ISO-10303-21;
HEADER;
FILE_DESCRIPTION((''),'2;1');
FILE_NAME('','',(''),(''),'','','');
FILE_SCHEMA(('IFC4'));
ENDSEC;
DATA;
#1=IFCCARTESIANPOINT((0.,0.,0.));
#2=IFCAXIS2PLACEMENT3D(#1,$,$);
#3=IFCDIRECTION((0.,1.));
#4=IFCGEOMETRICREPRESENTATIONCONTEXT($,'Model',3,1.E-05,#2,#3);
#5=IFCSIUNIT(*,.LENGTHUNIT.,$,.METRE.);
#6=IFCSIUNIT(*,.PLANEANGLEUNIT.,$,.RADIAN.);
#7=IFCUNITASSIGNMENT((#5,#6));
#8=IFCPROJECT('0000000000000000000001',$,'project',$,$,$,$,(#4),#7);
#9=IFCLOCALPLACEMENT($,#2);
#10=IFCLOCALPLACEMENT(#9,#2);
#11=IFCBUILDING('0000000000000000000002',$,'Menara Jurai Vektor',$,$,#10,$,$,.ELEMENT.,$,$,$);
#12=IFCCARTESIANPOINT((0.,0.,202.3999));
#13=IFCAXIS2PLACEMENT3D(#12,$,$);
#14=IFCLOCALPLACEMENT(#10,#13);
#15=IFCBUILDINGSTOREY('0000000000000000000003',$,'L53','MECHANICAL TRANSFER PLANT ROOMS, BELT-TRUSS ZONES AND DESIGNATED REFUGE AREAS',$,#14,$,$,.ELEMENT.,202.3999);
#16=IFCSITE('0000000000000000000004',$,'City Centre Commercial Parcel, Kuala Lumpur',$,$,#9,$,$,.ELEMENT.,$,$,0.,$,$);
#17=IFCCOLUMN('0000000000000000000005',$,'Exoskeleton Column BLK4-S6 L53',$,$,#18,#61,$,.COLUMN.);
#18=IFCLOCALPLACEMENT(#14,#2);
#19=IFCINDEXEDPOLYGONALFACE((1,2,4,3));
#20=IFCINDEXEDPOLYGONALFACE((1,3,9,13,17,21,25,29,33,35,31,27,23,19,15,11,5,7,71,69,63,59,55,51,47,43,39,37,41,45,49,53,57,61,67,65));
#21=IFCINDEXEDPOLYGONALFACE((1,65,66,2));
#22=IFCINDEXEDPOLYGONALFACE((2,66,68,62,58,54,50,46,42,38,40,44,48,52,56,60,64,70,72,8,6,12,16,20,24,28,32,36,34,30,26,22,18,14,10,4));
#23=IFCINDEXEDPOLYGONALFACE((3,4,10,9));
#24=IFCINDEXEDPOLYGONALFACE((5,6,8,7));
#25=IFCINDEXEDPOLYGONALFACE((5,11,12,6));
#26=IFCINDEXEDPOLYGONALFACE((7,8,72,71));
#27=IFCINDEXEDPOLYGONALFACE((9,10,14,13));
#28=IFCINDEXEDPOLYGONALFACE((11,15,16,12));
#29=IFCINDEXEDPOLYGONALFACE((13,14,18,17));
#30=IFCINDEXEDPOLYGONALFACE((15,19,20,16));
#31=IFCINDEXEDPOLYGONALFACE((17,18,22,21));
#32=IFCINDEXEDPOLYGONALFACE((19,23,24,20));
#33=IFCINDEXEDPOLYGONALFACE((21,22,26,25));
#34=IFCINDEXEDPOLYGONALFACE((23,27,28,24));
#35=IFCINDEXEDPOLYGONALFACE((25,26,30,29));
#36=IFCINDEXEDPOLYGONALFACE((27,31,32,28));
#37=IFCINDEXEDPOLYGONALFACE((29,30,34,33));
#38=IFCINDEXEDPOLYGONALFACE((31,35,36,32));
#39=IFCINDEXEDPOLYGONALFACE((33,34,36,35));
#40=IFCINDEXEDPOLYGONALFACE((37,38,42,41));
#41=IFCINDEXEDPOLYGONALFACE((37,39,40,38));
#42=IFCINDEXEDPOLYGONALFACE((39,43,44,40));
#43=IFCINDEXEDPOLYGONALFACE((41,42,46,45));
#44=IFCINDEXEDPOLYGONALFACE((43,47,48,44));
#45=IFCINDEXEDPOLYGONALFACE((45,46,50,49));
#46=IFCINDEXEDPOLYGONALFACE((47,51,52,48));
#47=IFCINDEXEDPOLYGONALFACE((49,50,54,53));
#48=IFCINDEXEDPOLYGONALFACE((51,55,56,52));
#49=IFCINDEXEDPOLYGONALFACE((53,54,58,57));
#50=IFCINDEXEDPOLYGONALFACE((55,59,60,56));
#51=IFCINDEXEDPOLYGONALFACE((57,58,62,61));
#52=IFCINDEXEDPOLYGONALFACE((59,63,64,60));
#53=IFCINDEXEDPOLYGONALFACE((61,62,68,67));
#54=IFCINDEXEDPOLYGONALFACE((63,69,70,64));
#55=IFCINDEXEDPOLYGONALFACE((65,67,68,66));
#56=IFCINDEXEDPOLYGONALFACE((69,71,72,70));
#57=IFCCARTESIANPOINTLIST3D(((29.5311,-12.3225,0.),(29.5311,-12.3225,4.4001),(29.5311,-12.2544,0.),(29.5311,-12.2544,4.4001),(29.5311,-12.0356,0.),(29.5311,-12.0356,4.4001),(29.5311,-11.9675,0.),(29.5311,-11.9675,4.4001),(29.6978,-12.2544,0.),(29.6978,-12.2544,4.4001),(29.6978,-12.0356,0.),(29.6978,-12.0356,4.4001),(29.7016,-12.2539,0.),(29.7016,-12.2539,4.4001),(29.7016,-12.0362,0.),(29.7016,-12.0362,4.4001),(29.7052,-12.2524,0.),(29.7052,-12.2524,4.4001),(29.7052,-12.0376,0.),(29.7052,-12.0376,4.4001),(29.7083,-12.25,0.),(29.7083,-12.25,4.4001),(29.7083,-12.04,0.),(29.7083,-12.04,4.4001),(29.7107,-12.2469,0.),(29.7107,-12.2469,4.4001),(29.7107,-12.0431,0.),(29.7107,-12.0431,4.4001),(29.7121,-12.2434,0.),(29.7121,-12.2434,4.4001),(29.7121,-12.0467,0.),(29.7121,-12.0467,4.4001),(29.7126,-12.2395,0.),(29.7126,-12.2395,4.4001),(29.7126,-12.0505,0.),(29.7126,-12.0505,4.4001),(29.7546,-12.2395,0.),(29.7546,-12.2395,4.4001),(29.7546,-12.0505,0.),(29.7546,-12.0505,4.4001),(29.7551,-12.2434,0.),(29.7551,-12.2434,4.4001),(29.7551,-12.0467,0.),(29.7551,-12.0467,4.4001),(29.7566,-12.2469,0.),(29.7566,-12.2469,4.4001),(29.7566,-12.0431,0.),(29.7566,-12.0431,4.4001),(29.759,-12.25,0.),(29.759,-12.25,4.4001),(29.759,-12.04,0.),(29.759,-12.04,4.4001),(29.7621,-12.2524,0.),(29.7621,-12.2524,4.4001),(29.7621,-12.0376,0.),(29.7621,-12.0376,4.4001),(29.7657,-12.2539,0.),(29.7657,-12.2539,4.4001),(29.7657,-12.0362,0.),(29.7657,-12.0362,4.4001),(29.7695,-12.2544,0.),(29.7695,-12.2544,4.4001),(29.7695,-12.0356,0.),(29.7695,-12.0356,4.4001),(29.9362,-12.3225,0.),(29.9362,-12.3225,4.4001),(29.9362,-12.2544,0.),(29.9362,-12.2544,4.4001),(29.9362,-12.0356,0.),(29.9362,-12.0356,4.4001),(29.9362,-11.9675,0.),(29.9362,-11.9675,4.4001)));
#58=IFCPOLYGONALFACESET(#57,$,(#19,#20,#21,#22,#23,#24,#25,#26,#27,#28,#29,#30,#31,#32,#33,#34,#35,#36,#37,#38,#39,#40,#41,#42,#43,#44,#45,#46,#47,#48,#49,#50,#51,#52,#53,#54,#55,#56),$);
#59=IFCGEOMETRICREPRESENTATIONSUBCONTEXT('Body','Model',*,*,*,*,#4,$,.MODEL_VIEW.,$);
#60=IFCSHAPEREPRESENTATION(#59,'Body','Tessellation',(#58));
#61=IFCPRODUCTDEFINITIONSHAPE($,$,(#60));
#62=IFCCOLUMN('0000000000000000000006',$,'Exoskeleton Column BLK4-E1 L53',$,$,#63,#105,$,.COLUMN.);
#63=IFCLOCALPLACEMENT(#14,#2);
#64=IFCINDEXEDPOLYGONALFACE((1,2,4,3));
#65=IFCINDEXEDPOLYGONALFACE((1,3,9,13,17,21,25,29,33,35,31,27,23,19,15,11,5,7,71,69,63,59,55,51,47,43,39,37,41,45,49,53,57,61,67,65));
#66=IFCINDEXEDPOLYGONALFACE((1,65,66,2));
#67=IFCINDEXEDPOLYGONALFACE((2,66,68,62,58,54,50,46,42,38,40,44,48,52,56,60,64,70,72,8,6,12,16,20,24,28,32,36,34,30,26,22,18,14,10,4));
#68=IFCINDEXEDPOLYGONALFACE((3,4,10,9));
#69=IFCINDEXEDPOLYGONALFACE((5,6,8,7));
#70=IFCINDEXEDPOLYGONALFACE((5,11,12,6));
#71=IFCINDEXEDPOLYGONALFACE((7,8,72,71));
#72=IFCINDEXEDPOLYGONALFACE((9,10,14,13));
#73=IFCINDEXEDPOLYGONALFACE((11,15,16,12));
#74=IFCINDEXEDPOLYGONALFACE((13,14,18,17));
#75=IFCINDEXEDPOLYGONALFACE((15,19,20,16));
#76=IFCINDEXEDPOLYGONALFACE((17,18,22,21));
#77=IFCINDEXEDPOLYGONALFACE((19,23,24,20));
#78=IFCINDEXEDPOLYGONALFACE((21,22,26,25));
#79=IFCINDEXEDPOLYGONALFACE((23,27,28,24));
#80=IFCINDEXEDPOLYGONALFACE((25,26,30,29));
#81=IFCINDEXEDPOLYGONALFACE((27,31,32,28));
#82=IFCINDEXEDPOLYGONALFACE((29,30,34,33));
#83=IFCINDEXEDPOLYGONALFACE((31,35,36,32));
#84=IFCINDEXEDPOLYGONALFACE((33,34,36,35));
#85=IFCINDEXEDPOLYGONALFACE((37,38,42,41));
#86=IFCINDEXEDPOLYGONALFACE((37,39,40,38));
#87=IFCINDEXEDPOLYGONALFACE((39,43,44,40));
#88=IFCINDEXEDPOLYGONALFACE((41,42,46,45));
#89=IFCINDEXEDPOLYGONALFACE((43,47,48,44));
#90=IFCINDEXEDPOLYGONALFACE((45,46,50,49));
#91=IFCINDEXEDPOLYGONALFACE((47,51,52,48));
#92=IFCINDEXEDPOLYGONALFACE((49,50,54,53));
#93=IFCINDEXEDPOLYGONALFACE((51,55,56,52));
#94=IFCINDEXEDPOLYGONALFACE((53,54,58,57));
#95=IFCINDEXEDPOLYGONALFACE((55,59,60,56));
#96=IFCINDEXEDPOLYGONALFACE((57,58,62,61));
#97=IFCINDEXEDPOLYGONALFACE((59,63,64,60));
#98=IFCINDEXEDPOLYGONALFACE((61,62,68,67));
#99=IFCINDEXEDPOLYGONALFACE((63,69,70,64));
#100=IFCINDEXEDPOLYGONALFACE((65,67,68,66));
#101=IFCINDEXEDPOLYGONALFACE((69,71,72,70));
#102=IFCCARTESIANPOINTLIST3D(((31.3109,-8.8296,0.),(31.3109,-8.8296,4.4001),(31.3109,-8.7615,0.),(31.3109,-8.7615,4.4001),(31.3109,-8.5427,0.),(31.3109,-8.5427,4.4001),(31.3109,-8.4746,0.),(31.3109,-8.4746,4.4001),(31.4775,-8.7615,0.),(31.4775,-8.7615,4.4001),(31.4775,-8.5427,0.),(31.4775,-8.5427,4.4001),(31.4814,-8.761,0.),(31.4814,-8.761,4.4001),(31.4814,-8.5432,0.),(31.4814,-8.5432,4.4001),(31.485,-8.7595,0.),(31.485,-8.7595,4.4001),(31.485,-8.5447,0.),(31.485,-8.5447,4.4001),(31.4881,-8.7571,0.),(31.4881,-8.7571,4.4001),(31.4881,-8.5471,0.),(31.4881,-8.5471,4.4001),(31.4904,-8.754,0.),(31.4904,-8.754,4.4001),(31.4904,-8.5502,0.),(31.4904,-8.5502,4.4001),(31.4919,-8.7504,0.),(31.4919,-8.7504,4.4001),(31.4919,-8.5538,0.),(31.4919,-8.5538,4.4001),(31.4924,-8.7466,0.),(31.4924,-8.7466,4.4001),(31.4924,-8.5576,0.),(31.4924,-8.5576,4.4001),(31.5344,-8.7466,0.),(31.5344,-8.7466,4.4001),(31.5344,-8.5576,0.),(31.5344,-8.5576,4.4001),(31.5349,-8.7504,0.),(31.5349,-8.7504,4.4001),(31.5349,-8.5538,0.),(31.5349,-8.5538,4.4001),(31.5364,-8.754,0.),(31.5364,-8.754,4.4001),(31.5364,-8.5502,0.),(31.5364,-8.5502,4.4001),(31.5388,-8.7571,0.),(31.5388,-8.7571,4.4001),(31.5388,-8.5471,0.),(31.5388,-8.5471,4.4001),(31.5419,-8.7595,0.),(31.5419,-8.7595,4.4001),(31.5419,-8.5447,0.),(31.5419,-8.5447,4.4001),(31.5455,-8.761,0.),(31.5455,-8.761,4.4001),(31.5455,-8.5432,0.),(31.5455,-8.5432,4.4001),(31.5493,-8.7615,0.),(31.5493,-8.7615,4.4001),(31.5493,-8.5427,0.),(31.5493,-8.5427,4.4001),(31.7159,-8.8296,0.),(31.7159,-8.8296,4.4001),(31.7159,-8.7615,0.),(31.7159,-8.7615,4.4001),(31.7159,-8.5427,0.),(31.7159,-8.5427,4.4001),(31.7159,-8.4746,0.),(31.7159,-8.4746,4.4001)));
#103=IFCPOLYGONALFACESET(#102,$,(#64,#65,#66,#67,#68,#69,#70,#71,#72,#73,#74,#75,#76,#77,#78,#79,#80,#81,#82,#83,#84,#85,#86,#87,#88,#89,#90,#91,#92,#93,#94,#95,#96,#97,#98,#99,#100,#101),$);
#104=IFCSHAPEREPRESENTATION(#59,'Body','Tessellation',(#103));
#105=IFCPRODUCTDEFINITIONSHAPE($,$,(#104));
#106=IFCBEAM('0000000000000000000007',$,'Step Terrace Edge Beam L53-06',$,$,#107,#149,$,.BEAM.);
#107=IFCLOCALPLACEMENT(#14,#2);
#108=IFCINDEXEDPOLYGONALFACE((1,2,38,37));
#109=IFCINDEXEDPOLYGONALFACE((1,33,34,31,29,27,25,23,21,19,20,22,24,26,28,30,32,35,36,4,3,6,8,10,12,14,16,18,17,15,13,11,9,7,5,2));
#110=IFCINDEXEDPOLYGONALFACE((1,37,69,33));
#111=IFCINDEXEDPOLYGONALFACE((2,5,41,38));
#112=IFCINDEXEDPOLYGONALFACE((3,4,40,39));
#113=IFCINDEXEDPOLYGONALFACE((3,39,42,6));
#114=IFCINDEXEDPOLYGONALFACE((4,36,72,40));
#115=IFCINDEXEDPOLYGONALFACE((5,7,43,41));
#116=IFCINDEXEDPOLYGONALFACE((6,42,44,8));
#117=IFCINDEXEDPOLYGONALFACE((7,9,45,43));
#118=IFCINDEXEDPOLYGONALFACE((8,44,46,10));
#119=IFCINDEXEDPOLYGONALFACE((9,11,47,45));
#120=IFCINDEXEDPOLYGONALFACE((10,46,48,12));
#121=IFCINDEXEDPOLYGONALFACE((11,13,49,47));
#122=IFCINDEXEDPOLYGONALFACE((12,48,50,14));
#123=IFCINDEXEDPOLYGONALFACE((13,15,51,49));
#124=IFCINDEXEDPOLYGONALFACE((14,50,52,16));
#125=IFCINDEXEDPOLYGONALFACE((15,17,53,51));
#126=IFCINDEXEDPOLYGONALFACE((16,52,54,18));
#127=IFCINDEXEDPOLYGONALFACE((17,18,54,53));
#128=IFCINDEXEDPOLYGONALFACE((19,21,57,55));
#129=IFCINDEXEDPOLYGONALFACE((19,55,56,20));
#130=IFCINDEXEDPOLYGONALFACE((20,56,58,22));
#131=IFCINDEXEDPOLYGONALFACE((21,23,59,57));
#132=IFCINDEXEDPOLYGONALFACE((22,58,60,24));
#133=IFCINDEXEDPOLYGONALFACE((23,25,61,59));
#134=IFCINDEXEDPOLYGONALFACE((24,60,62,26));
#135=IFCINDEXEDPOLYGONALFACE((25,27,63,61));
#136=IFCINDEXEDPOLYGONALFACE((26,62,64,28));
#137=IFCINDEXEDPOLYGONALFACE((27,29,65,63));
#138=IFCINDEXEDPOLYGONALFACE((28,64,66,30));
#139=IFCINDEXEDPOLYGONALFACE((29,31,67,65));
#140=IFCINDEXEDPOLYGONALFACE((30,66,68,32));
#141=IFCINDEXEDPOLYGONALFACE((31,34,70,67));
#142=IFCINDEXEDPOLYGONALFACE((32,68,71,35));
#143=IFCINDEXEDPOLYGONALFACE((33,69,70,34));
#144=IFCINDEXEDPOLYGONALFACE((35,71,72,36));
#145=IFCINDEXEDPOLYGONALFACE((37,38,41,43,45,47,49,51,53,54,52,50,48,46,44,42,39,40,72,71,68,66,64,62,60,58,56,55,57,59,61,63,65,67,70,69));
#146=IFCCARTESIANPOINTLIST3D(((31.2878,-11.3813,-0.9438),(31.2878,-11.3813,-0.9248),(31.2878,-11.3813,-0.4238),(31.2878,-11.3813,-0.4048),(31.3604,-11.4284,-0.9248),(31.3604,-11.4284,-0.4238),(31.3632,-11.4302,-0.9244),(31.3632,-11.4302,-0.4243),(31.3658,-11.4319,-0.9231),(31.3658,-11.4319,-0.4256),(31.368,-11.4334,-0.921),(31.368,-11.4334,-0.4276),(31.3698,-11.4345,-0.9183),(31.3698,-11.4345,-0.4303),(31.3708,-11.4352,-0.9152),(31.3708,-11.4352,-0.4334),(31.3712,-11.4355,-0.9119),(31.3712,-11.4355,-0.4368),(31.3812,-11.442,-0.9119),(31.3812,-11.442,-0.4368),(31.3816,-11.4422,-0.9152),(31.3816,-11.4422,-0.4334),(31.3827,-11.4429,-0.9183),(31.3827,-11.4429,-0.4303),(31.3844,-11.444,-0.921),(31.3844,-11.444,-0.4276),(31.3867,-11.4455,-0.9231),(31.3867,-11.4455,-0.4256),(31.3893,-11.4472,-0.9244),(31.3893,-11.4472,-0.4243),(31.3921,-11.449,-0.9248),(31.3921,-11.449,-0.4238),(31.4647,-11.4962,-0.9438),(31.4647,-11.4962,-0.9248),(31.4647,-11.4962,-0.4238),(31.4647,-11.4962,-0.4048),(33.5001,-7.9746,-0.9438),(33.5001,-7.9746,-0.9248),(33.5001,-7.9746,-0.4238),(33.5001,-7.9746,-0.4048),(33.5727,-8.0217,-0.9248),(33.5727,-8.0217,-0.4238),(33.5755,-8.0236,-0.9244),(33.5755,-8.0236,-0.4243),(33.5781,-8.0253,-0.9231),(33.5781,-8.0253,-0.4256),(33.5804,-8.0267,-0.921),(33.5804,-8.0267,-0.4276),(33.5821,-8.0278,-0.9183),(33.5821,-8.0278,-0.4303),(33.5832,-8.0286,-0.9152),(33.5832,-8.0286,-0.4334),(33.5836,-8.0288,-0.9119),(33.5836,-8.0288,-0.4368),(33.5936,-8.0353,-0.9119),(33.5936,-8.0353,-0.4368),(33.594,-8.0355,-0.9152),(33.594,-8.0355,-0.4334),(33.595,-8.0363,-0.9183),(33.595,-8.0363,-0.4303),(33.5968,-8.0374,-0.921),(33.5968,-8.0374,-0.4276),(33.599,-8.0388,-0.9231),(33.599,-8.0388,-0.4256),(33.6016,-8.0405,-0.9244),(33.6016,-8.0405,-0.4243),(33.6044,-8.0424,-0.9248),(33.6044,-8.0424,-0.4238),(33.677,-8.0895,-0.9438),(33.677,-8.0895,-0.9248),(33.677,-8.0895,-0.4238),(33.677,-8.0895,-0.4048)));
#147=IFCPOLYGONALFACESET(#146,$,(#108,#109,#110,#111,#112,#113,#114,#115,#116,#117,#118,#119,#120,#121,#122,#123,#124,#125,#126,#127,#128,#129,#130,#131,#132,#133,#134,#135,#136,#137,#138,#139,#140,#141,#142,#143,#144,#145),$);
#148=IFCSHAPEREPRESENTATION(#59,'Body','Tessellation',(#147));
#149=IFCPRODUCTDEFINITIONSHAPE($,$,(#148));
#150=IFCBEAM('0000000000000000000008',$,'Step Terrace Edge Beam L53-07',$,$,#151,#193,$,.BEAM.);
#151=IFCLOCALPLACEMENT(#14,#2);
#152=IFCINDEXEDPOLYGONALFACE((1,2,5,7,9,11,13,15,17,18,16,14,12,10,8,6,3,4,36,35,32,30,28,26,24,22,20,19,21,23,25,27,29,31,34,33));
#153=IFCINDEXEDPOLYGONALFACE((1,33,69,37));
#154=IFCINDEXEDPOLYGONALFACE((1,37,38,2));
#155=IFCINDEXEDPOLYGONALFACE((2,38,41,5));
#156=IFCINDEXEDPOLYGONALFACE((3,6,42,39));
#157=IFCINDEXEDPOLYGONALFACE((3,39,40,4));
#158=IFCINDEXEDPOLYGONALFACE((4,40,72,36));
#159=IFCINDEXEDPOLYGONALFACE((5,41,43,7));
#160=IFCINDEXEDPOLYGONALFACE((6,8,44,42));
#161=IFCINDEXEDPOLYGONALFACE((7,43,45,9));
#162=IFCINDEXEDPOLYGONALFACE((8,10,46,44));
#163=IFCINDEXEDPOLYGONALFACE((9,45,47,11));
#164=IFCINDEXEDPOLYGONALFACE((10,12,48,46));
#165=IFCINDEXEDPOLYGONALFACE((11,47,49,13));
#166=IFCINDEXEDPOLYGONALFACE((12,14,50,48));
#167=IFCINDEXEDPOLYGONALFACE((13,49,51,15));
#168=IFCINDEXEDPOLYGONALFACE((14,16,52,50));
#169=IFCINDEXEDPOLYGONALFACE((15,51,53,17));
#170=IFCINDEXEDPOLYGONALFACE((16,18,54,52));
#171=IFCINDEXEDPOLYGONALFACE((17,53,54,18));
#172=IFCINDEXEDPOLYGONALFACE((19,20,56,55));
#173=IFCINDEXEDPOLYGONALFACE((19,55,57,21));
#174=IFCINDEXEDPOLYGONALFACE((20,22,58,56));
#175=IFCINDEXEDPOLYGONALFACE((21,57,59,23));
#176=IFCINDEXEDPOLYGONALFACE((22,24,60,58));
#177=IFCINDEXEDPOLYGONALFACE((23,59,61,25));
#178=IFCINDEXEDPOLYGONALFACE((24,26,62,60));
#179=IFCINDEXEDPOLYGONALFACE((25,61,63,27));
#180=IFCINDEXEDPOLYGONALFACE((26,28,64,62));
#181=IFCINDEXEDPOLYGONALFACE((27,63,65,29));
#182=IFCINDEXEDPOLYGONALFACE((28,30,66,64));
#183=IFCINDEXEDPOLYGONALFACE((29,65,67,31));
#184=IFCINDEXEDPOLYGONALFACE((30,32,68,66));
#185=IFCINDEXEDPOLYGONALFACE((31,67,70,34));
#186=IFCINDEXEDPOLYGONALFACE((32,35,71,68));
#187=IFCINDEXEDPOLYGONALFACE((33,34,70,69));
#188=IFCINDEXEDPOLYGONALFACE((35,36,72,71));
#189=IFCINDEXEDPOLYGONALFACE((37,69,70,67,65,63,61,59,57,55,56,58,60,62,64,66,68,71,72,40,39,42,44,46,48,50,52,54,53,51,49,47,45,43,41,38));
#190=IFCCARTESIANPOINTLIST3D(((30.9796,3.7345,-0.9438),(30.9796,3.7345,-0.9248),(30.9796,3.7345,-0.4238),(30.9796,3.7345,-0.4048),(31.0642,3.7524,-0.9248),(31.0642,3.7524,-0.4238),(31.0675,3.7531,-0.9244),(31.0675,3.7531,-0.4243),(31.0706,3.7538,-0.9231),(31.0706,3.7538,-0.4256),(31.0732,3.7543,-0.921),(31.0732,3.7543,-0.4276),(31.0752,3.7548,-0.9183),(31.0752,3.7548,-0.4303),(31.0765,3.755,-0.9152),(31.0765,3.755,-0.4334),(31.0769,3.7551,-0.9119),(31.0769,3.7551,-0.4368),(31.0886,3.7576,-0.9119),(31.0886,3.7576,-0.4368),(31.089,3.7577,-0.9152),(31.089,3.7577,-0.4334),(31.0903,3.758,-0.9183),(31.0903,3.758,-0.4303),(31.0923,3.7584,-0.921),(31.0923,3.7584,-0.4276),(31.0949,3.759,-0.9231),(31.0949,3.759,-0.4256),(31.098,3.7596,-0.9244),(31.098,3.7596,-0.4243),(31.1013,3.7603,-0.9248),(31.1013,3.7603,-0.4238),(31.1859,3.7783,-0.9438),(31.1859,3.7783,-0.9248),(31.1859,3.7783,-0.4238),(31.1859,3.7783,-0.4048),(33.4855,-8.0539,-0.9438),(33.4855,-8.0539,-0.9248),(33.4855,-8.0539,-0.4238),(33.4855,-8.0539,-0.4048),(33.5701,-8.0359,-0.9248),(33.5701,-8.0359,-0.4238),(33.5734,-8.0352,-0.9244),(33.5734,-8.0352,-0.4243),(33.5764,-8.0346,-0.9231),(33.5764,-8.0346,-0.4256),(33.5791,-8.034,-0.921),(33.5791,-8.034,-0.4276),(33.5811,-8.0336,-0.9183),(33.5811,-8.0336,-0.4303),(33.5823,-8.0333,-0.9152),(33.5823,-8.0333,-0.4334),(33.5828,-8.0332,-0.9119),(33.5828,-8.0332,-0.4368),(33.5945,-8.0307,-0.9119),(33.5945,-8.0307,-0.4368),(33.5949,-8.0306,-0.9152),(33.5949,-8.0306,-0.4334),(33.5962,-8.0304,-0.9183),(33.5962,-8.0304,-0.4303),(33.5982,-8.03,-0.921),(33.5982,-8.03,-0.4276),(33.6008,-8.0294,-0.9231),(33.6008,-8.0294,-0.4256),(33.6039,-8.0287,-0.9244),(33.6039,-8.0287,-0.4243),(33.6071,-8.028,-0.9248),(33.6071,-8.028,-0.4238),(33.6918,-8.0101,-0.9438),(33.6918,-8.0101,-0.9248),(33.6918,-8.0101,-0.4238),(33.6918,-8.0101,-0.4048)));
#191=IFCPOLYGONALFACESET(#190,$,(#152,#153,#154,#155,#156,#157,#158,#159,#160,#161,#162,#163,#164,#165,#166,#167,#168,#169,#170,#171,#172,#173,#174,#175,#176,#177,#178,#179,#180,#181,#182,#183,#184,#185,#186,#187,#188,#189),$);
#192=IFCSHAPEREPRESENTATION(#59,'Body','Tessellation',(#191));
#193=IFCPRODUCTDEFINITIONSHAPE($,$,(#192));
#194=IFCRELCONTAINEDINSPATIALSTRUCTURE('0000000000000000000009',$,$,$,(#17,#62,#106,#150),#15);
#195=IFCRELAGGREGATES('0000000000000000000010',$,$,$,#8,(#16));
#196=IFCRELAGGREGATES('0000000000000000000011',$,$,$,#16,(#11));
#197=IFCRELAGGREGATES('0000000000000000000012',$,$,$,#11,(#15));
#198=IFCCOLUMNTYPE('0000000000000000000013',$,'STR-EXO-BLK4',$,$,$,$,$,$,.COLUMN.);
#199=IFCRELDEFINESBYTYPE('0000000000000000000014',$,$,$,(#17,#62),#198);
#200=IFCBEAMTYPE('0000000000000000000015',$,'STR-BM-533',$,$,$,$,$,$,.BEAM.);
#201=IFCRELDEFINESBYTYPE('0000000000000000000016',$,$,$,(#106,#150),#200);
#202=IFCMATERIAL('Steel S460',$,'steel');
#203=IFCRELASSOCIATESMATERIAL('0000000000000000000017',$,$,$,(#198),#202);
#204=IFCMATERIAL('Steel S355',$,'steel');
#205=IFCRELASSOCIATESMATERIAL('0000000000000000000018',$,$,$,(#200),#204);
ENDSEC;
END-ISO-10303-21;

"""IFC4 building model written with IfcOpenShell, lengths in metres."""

from ifc_helpers import new_model, si_unit, direction, frame, origin, origin_2d, place, context, subcontext, project, spatial, i_section, extrude, material, material_profile, profile_set, type_object, element, save


model = new_model("IFC4")

# Units and contexts
model_context = context("Model", 3, precision=1e-05, world=origin(), true_north=direction((0.0, 1.0)))
body_context = subcontext(model_context, "Body", "Model", "MODEL_VIEW")
ifc_project = project(units=[si_unit("LENGTHUNIT", "METRE"), si_unit("PLANEANGLEUNIT", "RADIAN")], contexts=[model_context])

# Site, building, storey
site_placement = place(None, origin())
site = spatial("IfcSite", under=ifc_project, at=site_placement, Name="City Centre Commercial Parcel, Kuala Lumpur", CompositionType="ELEMENT", RefElevation=0.0)
building_placement = place(site_placement, origin())
building = spatial("IfcBuilding", under=site, at=building_placement, Name="Menara Jurai Vektor", CompositionType="ELEMENT")
storey_placement = place(building_placement, frame((0.0, 0.0, 202.3999)))
storey = spatial("IfcBuildingStorey", under=building, at=storey_placement, Name="L53", Description="MECHANICAL TRANSFER PLANT ROOMS, BELT-TRUSS ZONES AND DESIGNATED REFUGE AREAS", CompositionType="ELEMENT", Elevation=202.3999)

# Columns
ifc_material_1 = material(Name="Steel S460", Category="steel")
ifc_material_profile_1 = material_profile(ifc_material_1, i_section(OverallWidth=0.405, OverallDepth=0.355, WebThickness=0.042, FlangeThickness=0.0681, FilletRadius=0.0149, at=origin_2d()), Name="HD 400x551")
ifc_profile_set_1 = profile_set([ifc_material_profile_1], Name="Steel S460")
column_type = type_object("IfcColumnType", Name="STR-EXO-BLK4", PredefinedType="COLUMN", material=ifc_profile_set_1)
for number, where, z_axis, x_axis, name in (
    (1, (29.7336, -12.145, 0.0), (0.0, 0.0, 1.0), (1.0, 0.0, 0.0), "Exoskeleton Column BLK4-S6 L53"),
    (2, (31.5134, -8.6521, 0.0), (0.0, 0.0, 1.0), (1.0, 0.0, 0.0), "Exoskeleton Column BLK4-E1 L53"),
):
    element("IfcColumn", number, at=place(storey_placement, frame(where, z_axis=z_axis, x_axis=x_axis)), inside=storey, type_object=column_type, Name=name, PredefinedType="COLUMN", context=body_context, shape_type="SweptSolid", body=[
        extrude(i_section(OverallWidth=0.405, OverallDepth=0.355, WebThickness=0.042, FlangeThickness=0.0681, FilletRadius=0.0149, at=origin_2d()), origin(), (0.0, 0.0, 1.0), 4.4001),
    ])

# Beams
ifc_material_2 = material(Name="Steel S355", Category="steel")
ifc_material_profile_2 = material_profile(ifc_material_2, i_section(OverallWidth=0.2109, OverallDepth=0.5391, WebThickness=0.012, FlangeThickness=0.019, FilletRadius=0.0129, at=origin_2d()), Name="UKB 533x210x109")
ifc_profile_set_2 = profile_set([ifc_material_profile_2], Name="Steel S355")
beam_type_1 = type_object("IfcBeamType", Name="STR-BM-533", PredefinedType="BEAM", material=ifc_profile_set_2)
beam_1_placement = place(storey_placement, frame((31.3762, -11.4387, -0.6743), z_axis=(0.544646, 0.838666, 0.0), x_axis=(-0.838666, 0.544646, 0.0)))
element("IfcBeam", 3, at=beam_1_placement, inside=storey, type_object=beam_type_1, Name="Step Terrace Edge Beam L53-06", PredefinedType="BEAM", context=body_context, shape_type="SweptSolid", body=[
    extrude(i_section(OverallWidth=0.2109, OverallDepth=0.5391, WebThickness=0.012, FlangeThickness=0.019, FilletRadius=0.0129, at=origin_2d()), origin(), (0.0, 0.0, 1.0), 4.062),
])
beam_2_placement = place(storey_placement, frame((33.5886, -8.032, -0.6743), z_axis=(-0.207925, 0.978145, 0.0), x_axis=(-0.978145, -0.207925, 0.0)))
element("IfcBeam", 4, at=beam_2_placement, inside=storey, type_object=beam_type_1, Name="Step Terrace Edge Beam L53-07", PredefinedType="BEAM", context=body_context, shape_type="SweptSolid", body=[
    extrude(i_section(OverallWidth=0.2109, OverallDepth=0.5391, WebThickness=0.012, FlangeThickness=0.019, FilletRadius=0.0129, at=origin_2d()), origin(), (0.0, 0.0, 1.0), 12.0518),
])

save(model, "model.ifc")
